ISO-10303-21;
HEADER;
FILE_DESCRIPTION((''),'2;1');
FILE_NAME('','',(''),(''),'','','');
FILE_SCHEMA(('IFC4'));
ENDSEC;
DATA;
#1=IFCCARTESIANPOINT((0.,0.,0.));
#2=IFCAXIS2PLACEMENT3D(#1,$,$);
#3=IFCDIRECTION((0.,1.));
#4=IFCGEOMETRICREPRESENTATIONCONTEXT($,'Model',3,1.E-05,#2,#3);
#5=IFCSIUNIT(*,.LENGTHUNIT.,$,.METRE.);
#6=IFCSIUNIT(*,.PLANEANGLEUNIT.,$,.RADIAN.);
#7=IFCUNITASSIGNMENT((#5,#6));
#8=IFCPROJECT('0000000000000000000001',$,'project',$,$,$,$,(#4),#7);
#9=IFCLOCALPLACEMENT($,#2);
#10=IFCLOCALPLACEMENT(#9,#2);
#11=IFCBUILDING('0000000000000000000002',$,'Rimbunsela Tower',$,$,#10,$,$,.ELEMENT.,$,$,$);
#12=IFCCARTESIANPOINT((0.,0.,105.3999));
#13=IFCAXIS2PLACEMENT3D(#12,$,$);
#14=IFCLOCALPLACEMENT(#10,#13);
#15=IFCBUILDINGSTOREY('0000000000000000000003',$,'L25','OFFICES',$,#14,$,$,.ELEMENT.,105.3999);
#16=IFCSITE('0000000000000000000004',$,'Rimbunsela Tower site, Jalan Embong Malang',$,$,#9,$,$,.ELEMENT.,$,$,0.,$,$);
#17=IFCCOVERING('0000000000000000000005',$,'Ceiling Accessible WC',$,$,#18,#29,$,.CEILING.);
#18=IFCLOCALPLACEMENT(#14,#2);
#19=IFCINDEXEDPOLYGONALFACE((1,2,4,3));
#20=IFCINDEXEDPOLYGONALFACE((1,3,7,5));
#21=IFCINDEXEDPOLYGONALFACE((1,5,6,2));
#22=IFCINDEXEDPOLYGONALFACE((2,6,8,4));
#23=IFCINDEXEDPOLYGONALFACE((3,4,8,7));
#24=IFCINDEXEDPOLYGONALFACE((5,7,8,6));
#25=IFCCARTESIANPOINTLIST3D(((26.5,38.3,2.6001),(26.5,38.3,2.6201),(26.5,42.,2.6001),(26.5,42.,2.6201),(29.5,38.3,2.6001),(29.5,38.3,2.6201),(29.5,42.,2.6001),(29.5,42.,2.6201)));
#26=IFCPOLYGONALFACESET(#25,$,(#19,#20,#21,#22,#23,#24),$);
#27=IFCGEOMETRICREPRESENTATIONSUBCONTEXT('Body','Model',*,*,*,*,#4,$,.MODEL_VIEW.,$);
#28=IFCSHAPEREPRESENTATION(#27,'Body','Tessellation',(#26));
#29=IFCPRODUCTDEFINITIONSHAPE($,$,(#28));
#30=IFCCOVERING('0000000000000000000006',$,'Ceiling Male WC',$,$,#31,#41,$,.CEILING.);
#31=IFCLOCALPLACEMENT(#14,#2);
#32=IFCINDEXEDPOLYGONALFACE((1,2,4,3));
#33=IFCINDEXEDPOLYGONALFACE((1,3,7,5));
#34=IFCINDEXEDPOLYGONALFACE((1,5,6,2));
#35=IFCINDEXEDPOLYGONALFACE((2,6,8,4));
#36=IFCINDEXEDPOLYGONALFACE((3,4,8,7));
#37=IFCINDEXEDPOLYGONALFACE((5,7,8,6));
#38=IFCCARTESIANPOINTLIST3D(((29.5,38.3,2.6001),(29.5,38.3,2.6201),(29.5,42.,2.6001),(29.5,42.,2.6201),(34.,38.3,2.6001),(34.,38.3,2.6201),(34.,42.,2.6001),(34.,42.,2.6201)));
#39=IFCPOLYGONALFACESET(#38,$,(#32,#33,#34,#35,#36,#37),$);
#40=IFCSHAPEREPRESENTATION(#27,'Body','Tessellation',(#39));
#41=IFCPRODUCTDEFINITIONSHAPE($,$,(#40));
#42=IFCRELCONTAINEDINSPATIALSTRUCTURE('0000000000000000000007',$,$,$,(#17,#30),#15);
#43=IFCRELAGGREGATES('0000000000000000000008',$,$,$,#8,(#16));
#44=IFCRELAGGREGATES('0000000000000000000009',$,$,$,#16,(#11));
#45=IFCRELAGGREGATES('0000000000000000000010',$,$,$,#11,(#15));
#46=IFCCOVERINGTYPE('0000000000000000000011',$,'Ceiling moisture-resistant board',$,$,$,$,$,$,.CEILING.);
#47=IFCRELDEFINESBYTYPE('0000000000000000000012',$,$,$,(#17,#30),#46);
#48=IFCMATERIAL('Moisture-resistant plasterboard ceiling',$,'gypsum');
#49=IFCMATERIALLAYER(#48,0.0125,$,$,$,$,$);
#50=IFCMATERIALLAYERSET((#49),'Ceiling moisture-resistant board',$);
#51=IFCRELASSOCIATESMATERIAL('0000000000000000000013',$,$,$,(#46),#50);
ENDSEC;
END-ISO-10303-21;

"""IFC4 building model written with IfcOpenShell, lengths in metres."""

from ifc_helpers import new_model, si_unit, direction, frame, origin, place, context, subcontext, project, spatial, polyline, outline, extrude, material, layer, layer_set, type_object, element, save


model = new_model("IFC4")

# Units and contexts
model_context = context("Model", 3, precision=1e-05, world=origin(), true_north=direction((0.0, 1.0)))
body_context = subcontext(model_context, "Body", "Model", "MODEL_VIEW")
ifc_project = project(units=[si_unit("LENGTHUNIT", "METRE"), si_unit("PLANEANGLEUNIT", "RADIAN")], contexts=[model_context])

# Site, building, storey
site_placement = place(None, origin())
site = spatial("IfcSite", under=ifc_project, at=site_placement, Name="Rimbunsela Tower site, Jalan Embong Malang", CompositionType="ELEMENT", RefElevation=0.0)
building_placement = place(site_placement, origin())
building = spatial("IfcBuilding", under=site, at=building_placement, Name="Rimbunsela Tower", CompositionType="ELEMENT")
storey_placement = place(building_placement, frame((0.0, 0.0, 105.3999)))
storey = spatial("IfcBuildingStorey", under=building, at=storey_placement, Name="L25", Description="OFFICES", CompositionType="ELEMENT", Elevation=105.3999)

# Coverings
ifc_material_1 = material(Name="Moisture-resistant plasterboard ceiling", Category="gypsum")
ifc_layer_1 = layer(ifc_material_1, 0.0125)
ifc_layer_set_1 = layer_set([ifc_layer_1], Name="Ceiling moisture-resistant board")
covering_type_1 = type_object("IfcCoveringType", Name="Ceiling moisture-resistant board", PredefinedType="CEILING", material=ifc_layer_set_1)
covering_1_placement = place(storey_placement, frame((0.0, 0.0, 2.6001)))
element("IfcCovering", 1, at=covering_1_placement, inside=storey, type_object=covering_type_1, Name="Ceiling Accessible WC", PredefinedType="CEILING", context=body_context, shape_type="SweptSolid", body=[
    extrude(outline(polyline([(29.5, 38.3), (29.5, 42.0), (26.5, 42.0), (26.5, 38.3), (29.5, 38.3)])), origin(), (0.0, 0.0, 1.0), 0.02),
])
covering_2_placement = place(storey_placement, frame((0.0, 0.0, 2.6001)))
element("IfcCovering", 2, at=covering_2_placement, inside=storey, type_object=covering_type_1, Name="Ceiling Male WC", PredefinedType="CEILING", context=body_context, shape_type="SweptSolid", body=[
    extrude(outline(polyline([(34.0, 38.3), (34.0, 42.0), (29.5, 42.0), (29.5, 38.3), (34.0, 38.3)])), origin(), (0.0, 0.0, 1.0), 0.02),
])

save(model, "model.ifc")
